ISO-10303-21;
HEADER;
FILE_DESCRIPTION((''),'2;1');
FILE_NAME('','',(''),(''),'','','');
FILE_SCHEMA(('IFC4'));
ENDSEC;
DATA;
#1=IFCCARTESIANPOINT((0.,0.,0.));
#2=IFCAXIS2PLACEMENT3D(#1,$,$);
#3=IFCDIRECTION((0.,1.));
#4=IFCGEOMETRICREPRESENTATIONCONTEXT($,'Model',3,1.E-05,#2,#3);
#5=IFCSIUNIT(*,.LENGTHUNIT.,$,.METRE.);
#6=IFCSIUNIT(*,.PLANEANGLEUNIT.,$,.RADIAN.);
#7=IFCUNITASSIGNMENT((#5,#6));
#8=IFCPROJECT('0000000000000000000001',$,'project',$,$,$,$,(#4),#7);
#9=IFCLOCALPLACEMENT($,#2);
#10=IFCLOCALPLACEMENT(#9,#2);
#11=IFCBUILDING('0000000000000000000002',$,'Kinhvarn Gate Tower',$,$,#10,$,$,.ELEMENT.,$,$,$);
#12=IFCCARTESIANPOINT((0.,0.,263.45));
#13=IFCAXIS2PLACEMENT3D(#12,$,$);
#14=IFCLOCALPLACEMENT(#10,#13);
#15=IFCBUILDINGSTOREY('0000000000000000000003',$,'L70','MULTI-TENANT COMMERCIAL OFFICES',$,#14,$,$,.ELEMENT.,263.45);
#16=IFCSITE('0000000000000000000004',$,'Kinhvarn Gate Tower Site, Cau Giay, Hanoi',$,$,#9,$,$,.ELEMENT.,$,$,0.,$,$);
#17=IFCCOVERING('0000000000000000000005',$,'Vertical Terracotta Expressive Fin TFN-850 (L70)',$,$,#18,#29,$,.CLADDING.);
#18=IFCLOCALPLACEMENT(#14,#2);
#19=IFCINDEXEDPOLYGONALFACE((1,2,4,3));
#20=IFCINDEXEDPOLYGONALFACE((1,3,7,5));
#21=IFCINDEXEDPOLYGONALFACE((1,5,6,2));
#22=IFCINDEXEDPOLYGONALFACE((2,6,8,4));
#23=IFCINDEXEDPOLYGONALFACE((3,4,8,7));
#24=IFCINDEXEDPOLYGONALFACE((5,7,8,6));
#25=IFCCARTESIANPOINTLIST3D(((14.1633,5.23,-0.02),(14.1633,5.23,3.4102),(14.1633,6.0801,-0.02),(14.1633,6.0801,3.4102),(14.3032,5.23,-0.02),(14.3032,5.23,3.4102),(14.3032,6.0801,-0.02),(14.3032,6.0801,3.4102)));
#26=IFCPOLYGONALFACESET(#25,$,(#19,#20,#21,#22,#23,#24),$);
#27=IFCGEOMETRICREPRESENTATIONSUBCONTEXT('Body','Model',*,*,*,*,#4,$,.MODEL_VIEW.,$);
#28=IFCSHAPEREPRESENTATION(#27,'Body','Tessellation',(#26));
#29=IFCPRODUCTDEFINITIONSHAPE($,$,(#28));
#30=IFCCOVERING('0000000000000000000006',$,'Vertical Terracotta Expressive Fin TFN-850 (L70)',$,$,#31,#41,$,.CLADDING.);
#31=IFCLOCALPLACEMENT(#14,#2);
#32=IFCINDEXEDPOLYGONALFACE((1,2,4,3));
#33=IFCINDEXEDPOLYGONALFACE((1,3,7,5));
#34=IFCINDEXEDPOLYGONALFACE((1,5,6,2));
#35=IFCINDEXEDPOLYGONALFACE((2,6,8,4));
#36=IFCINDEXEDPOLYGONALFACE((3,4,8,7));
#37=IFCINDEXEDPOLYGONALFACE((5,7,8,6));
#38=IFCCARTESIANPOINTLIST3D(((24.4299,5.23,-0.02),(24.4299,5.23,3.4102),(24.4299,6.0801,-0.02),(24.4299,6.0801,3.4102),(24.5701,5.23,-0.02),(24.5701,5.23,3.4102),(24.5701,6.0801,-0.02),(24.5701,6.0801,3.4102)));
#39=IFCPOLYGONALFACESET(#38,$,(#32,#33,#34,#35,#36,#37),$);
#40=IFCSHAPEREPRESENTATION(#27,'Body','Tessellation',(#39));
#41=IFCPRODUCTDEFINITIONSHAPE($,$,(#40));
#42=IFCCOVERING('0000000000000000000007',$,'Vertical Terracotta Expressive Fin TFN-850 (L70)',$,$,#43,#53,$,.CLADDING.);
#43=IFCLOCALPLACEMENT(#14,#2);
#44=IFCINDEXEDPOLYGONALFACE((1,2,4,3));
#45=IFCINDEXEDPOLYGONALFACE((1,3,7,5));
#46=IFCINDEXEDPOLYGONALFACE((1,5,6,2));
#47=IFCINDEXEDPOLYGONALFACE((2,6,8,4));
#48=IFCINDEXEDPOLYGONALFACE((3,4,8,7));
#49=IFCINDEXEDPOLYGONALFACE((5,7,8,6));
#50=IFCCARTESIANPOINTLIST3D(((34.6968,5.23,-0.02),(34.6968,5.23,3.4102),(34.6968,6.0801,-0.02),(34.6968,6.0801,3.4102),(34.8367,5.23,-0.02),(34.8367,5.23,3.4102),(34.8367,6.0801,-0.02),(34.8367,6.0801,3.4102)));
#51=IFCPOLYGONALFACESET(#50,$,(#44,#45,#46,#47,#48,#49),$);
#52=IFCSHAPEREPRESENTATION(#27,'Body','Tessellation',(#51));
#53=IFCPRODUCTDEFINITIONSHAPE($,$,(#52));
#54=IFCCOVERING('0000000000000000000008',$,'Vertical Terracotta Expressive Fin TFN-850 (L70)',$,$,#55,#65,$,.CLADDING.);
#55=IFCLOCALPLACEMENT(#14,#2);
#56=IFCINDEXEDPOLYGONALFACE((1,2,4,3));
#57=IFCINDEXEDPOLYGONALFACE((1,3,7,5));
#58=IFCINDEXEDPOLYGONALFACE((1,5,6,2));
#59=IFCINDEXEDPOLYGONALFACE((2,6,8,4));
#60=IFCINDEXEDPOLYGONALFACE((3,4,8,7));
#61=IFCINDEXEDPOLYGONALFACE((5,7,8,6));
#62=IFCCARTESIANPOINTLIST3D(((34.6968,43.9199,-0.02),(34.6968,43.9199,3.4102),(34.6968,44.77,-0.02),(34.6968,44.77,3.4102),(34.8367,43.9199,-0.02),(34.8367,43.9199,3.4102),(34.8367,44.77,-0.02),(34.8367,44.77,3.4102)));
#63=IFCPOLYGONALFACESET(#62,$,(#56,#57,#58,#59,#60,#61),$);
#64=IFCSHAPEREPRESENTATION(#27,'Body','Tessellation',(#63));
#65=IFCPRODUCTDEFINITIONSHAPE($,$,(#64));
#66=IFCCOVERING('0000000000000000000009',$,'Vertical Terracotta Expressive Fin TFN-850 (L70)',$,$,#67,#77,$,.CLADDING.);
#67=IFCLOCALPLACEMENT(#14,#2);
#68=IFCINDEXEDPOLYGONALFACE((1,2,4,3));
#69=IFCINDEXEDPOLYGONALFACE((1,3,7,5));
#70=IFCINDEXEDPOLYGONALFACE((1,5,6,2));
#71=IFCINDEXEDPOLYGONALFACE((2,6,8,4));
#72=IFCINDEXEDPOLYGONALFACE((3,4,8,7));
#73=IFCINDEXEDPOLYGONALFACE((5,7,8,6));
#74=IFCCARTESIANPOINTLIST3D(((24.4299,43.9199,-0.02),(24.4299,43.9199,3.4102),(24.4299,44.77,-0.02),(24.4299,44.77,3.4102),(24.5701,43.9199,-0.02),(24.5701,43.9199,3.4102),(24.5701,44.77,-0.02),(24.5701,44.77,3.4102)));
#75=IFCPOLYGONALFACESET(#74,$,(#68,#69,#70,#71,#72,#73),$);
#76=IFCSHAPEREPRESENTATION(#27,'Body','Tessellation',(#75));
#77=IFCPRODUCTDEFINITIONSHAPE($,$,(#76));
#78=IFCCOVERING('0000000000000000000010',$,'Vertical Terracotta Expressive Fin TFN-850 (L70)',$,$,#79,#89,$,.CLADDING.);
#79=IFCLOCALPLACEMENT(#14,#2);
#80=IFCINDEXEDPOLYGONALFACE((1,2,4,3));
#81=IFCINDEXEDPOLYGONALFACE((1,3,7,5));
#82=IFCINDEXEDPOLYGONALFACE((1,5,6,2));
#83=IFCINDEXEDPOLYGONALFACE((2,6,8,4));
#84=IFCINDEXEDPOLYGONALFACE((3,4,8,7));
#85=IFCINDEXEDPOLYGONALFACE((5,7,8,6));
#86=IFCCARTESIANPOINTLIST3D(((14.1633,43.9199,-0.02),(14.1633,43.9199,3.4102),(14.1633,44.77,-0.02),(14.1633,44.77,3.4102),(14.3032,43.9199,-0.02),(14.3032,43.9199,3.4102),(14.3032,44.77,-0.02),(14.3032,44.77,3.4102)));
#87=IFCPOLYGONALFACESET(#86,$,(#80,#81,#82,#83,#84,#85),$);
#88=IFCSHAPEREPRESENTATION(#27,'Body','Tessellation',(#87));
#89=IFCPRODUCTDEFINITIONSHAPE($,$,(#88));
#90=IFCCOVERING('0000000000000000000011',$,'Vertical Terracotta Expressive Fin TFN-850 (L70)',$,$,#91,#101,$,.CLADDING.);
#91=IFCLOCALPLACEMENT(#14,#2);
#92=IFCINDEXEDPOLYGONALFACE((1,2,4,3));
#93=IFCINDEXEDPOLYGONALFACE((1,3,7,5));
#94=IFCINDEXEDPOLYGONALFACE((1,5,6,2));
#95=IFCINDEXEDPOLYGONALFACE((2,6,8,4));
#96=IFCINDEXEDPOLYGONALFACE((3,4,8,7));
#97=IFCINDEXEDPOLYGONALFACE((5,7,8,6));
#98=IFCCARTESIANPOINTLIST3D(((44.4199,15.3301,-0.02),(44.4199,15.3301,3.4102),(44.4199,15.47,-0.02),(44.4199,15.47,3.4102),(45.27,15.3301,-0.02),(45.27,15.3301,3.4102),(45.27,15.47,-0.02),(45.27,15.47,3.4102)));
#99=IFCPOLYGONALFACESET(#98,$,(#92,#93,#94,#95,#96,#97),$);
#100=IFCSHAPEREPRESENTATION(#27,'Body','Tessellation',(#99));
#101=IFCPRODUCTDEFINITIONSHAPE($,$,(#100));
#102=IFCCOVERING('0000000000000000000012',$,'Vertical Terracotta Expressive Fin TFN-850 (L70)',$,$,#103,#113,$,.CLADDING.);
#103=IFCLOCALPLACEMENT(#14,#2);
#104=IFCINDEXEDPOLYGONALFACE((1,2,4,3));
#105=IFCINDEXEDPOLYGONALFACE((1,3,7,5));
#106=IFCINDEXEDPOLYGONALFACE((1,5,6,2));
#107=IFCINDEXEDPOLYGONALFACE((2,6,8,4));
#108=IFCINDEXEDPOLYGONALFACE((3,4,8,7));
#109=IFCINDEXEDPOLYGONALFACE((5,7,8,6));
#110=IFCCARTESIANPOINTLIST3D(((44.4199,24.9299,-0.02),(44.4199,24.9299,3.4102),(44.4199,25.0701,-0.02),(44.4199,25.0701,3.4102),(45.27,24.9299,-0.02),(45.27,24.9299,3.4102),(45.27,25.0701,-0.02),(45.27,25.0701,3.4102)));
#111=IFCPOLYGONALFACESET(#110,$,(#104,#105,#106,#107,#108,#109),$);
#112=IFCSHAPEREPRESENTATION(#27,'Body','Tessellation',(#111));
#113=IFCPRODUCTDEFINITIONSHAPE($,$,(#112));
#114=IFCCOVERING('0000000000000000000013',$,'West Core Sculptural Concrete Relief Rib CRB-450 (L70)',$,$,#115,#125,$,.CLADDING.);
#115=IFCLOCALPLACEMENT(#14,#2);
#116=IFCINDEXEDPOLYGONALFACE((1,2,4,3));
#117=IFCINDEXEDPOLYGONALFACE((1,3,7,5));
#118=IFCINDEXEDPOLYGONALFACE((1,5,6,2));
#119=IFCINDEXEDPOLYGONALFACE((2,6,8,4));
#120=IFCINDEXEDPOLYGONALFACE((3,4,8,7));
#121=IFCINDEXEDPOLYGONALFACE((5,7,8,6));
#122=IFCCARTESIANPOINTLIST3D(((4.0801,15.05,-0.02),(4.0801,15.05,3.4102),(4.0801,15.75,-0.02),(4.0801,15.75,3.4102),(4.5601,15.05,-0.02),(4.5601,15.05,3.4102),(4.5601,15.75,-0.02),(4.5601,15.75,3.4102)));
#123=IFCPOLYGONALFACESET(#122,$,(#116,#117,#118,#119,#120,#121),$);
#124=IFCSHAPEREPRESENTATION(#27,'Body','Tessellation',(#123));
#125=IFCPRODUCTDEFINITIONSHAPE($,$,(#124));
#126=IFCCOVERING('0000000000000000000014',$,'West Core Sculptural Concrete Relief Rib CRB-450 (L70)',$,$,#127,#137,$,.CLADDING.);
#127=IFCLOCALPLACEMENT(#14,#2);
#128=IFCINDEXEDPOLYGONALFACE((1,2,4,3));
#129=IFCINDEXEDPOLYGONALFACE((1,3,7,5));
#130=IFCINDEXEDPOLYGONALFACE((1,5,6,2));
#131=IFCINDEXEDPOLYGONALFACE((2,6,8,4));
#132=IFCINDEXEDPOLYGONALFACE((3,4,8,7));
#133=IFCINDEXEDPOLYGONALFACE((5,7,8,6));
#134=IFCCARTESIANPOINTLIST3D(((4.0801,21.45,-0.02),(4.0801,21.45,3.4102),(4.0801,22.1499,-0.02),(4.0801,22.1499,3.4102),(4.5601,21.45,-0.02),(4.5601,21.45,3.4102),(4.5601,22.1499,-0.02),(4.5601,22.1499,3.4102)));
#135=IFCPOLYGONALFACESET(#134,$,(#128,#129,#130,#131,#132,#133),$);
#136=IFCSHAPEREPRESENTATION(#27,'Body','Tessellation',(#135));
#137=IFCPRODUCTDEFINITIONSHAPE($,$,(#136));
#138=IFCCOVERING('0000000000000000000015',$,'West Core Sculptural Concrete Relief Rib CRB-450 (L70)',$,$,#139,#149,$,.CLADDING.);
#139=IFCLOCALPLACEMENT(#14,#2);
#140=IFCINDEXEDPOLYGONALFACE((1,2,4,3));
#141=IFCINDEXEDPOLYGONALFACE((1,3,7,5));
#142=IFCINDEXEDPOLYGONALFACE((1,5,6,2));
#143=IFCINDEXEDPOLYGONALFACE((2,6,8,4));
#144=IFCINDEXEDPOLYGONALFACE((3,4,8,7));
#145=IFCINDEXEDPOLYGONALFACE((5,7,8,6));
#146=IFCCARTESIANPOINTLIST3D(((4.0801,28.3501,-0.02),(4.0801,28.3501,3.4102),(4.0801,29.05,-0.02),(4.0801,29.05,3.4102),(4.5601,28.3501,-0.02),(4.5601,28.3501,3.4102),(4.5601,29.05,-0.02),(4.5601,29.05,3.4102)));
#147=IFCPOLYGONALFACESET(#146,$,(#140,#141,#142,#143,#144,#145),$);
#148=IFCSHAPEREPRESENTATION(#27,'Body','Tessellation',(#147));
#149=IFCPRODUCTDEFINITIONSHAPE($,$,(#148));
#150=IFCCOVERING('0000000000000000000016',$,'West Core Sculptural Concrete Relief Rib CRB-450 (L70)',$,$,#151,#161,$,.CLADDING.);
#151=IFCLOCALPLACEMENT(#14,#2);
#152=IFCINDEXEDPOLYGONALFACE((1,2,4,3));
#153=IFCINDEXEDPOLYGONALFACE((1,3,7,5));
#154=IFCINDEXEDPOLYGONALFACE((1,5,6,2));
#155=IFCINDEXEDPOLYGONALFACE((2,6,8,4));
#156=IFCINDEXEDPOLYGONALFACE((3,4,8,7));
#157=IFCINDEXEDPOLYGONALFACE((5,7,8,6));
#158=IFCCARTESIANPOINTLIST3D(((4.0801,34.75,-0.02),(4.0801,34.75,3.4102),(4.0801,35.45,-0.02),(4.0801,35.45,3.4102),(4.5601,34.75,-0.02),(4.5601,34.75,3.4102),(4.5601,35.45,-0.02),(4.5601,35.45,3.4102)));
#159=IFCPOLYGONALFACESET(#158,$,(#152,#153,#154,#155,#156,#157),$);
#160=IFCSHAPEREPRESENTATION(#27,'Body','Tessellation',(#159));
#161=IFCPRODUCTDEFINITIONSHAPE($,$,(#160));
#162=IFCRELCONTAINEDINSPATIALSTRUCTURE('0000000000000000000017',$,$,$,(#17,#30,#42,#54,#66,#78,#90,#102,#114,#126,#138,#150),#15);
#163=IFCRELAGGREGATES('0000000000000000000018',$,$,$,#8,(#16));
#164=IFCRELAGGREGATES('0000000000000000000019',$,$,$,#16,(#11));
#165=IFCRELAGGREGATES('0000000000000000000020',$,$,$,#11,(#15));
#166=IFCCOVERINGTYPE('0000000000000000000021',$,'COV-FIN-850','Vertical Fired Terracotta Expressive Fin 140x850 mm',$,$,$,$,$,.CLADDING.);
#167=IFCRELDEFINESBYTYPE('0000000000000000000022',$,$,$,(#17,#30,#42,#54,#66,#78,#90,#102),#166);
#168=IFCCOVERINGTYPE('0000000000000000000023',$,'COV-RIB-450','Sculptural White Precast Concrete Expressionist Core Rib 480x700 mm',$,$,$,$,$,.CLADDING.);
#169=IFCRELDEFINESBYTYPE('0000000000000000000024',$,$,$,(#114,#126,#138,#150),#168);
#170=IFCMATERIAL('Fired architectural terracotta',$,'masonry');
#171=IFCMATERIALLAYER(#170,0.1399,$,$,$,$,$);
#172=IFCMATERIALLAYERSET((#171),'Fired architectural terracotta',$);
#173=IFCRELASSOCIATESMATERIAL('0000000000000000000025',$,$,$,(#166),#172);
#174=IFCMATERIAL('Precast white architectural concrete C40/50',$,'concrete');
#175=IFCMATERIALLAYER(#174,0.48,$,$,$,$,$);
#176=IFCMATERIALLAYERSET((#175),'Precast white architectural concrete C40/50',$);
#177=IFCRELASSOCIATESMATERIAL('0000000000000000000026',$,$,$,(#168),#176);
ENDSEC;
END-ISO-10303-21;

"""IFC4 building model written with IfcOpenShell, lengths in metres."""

from ifc_helpers import new_model, si_unit, direction, frame, origin, place, context, subcontext, project, spatial, polyline, outline, extrude, material, layer, layer_set, type_object, element, save


model = new_model("IFC4")

# Units and contexts
model_context = context("Model", 3, precision=1e-05, world=origin(), true_north=direction((0.0, 1.0)))
body_context = subcontext(model_context, "Body", "Model", "MODEL_VIEW")
ifc_project = project(units=[si_unit("LENGTHUNIT", "METRE"), si_unit("PLANEANGLEUNIT", "RADIAN")], contexts=[model_context])

# Site, building, storey
site_placement = place(None, origin())
site = spatial("IfcSite", under=ifc_project, at=site_placement, Name="Kinhvarn Gate Tower Site, Cau Giay, Hanoi", CompositionType="ELEMENT", RefElevation=0.0)
building_placement = place(site_placement, origin())
building = spatial("IfcBuilding", under=site, at=building_placement, Name="Kinhvarn Gate Tower", CompositionType="ELEMENT")
storey_placement = place(building_placement, frame((0.0, 0.0, 263.45)))
storey = spatial("IfcBuildingStorey", under=building, at=storey_placement, Name="L70", Description="MULTI-TENANT COMMERCIAL OFFICES", CompositionType="ELEMENT", Elevation=263.45)

# Shared definitions
ifc_material_1 = material(Name="Precast white architectural concrete C40/50", Category="concrete")

# Coverings
ifc_material_2 = material(Name="Fired architectural terracotta", Category="masonry")
ifc_layer_1 = layer(ifc_material_2, 0.1399)
ifc_layer_set_1 = layer_set([ifc_layer_1], Name="Fired architectural terracotta")
covering_type_1 = type_object("IfcCoveringType", Name="COV-FIN-850", Description="Vertical Fired Terracotta Expressive Fin 140x850 mm", PredefinedType="CLADDING", material=ifc_layer_set_1)
covering_1_placement = place(storey_placement, frame((0.0, 0.0, -0.02)))
element("IfcCovering", 1, at=covering_1_placement, inside=storey, type_object=covering_type_1, Name="Vertical Terracotta Expressive Fin TFN-850 (L70)", PredefinedType="CLADDING", context=body_context, shape_type="SweptSolid", body=[
    extrude(outline(polyline([(14.1633, 6.0801), (14.3032, 6.0801), (14.3032, 5.23), (14.1633, 5.23), (14.1633, 6.0801)])), origin(), (0.0, 0.0, 1.0), 3.4302),
])
covering_2_placement = place(storey_placement, frame((0.0, 0.0, -0.02)))
element("IfcCovering", 2, at=covering_2_placement, inside=storey, type_object=covering_type_1, Name="Vertical Terracotta Expressive Fin TFN-850 (L70)", PredefinedType="CLADDING", context=body_context, shape_type="SweptSolid", body=[
    extrude(outline(polyline([(24.4299, 6.0801), (24.5701, 6.0801), (24.5701, 5.23), (24.4299, 5.23), (24.4299, 6.0801)])), origin(), (0.0, 0.0, 1.0), 3.4302),
])
covering_3_placement = place(storey_placement, frame((0.0, 0.0, -0.02)))
element("IfcCovering", 3, at=covering_3_placement, inside=storey, type_object=covering_type_1, Name="Vertical Terracotta Expressive Fin TFN-850 (L70)", PredefinedType="CLADDING", context=body_context, shape_type="SweptSolid", body=[
    extrude(outline(polyline([(34.6968, 6.0801), (34.8367, 6.0801), (34.8367, 5.23), (34.6968, 5.23), (34.6968, 6.0801)])), origin(), (0.0, 0.0, 1.0), 3.4302),
])
covering_4_placement = place(storey_placement, frame((0.0, 0.0, -0.02)))
element("IfcCovering", 4, at=covering_4_placement, inside=storey, type_object=covering_type_1, Name="Vertical Terracotta Expressive Fin TFN-850 (L70)", PredefinedType="CLADDING", context=body_context, shape_type="SweptSolid", body=[
    extrude(outline(polyline([(34.8367, 43.9199), (34.6968, 43.9199), (34.6968, 44.77), (34.8367, 44.77), (34.8367, 43.9199)])), origin(), (0.0, 0.0, 1.0), 3.4302),
])
covering_5_placement = place(storey_placement, frame((0.0, 0.0, -0.02)))
element("IfcCovering", 5, at=covering_5_placement, inside=storey, type_object=covering_type_1, Name="Vertical Terracotta Expressive Fin TFN-850 (L70)", PredefinedType="CLADDING", context=body_context, shape_type="SweptSolid", body=[
    extrude(outline(polyline([(24.5701, 43.9199), (24.4299, 43.9199), (24.4299, 44.77), (24.5701, 44.77), (24.5701, 43.9199)])), origin(), (0.0, 0.0, 1.0), 3.4302),
])
covering_6_placement = place(storey_placement, frame((0.0, 0.0, -0.02)))
element("IfcCovering", 6, at=covering_6_placement, inside=storey, type_object=covering_type_1, Name="Vertical Terracotta Expressive Fin TFN-850 (L70)", PredefinedType="CLADDING", context=body_context, shape_type="SweptSolid", body=[
    extrude(outline(polyline([(14.3032, 43.9199), (14.1633, 43.9199), (14.1633, 44.77), (14.3032, 44.77), (14.3032, 43.9199)])), origin(), (0.0, 0.0, 1.0), 3.4302),
])
covering_7_placement = place(storey_placement, frame((0.0, 0.0, -0.02)))
element("IfcCovering", 7, at=covering_7_placement, inside=storey, type_object=covering_type_1, Name="Vertical Terracotta Expressive Fin TFN-850 (L70)", PredefinedType="CLADDING", context=body_context, shape_type="SweptSolid", body=[
    extrude(outline(polyline([(44.4199, 15.3301), (44.4199, 15.47), (45.27, 15.47), (45.27, 15.3301), (44.4199, 15.3301)])), origin(), (0.0, 0.0, 1.0), 3.4302),
])
covering_8_placement = place(storey_placement, frame((0.0, 0.0, -0.02)))
element("IfcCovering", 8, at=covering_8_placement, inside=storey, type_object=covering_type_1, Name="Vertical Terracotta Expressive Fin TFN-850 (L70)", PredefinedType="CLADDING", context=body_context, shape_type="SweptSolid", body=[
    extrude(outline(polyline([(44.4199, 24.9299), (44.4199, 25.0701), (45.27, 25.0701), (45.27, 24.9299), (44.4199, 24.9299)])), origin(), (0.0, 0.0, 1.0), 3.4302),
])
ifc_layer_2 = layer(ifc_material_1, 0.48)
ifc_layer_set_2 = layer_set([ifc_layer_2], Name="Precast white architectural concrete C40/50")
covering_type_2 = type_object("IfcCoveringType", Name="COV-RIB-450", Description="Sculptural White Precast Concrete Expressionist Core Rib 480x700 mm", PredefinedType="CLADDING", material=ifc_layer_set_2)
covering_9_placement = place(storey_placement, frame((0.0, 0.0, -0.02)))
element("IfcCovering", 9, at=covering_9_placement, inside=storey, type_object=covering_type_2, Name="West Core Sculptural Concrete Relief Rib CRB-450 (L70)", PredefinedType="CLADDING", context=body_context, shape_type="SweptSolid", body=[
    extrude(outline(polyline([(4.0801, 15.05), (4.5601, 15.05), (4.5601, 15.75), (4.0801, 15.75), (4.0801, 15.05)])), origin(), (0.0, 0.0, 1.0), 3.4302),
])
covering_10_placement = place(storey_placement, frame((0.0, 0.0, -0.02)))
element("IfcCovering", 10, at=covering_10_placement, inside=storey, type_object=covering_type_2, Name="West Core Sculptural Concrete Relief Rib CRB-450 (L70)", PredefinedType="CLADDING", context=body_context, shape_type="SweptSolid", body=[
    extrude(outline(polyline([(4.0801, 21.45), (4.5601, 21.45), (4.5601, 22.1499), (4.0801, 22.1499), (4.0801, 21.45)])), origin(), (0.0, 0.0, 1.0), 3.4302),
])
covering_11_placement = place(storey_placement, frame((0.0, 0.0, -0.02)))
element("IfcCovering", 11, at=covering_11_placement, inside=storey, type_object=covering_type_2, Name="West Core Sculptural Concrete Relief Rib CRB-450 (L70)", PredefinedType="CLADDING", context=body_context, shape_type="SweptSolid", body=[
    extrude(outline(polyline([(4.0801, 28.3501), (4.5601, 28.3501), (4.5601, 29.05), (4.0801, 29.05), (4.0801, 28.3501)])), origin(), (0.0, 0.0, 1.0), 3.4302),
])
covering_12_placement = place(storey_placement, frame((0.0, 0.0, -0.02)))
element("IfcCovering", 12, at=covering_12_placement, inside=storey, type_object=covering_type_2, Name="West Core Sculptural Concrete Relief Rib CRB-450 (L70)", PredefinedType="CLADDING", context=body_context, shape_type="SweptSolid", body=[
    extrude(outline(polyline([(4.0801, 34.75), (4.5601, 34.75), (4.5601, 35.45), (4.0801, 35.45), (4.0801, 34.75)])), origin(), (0.0, 0.0, 1.0), 3.4302),
])

save(model, "model.ifc")
